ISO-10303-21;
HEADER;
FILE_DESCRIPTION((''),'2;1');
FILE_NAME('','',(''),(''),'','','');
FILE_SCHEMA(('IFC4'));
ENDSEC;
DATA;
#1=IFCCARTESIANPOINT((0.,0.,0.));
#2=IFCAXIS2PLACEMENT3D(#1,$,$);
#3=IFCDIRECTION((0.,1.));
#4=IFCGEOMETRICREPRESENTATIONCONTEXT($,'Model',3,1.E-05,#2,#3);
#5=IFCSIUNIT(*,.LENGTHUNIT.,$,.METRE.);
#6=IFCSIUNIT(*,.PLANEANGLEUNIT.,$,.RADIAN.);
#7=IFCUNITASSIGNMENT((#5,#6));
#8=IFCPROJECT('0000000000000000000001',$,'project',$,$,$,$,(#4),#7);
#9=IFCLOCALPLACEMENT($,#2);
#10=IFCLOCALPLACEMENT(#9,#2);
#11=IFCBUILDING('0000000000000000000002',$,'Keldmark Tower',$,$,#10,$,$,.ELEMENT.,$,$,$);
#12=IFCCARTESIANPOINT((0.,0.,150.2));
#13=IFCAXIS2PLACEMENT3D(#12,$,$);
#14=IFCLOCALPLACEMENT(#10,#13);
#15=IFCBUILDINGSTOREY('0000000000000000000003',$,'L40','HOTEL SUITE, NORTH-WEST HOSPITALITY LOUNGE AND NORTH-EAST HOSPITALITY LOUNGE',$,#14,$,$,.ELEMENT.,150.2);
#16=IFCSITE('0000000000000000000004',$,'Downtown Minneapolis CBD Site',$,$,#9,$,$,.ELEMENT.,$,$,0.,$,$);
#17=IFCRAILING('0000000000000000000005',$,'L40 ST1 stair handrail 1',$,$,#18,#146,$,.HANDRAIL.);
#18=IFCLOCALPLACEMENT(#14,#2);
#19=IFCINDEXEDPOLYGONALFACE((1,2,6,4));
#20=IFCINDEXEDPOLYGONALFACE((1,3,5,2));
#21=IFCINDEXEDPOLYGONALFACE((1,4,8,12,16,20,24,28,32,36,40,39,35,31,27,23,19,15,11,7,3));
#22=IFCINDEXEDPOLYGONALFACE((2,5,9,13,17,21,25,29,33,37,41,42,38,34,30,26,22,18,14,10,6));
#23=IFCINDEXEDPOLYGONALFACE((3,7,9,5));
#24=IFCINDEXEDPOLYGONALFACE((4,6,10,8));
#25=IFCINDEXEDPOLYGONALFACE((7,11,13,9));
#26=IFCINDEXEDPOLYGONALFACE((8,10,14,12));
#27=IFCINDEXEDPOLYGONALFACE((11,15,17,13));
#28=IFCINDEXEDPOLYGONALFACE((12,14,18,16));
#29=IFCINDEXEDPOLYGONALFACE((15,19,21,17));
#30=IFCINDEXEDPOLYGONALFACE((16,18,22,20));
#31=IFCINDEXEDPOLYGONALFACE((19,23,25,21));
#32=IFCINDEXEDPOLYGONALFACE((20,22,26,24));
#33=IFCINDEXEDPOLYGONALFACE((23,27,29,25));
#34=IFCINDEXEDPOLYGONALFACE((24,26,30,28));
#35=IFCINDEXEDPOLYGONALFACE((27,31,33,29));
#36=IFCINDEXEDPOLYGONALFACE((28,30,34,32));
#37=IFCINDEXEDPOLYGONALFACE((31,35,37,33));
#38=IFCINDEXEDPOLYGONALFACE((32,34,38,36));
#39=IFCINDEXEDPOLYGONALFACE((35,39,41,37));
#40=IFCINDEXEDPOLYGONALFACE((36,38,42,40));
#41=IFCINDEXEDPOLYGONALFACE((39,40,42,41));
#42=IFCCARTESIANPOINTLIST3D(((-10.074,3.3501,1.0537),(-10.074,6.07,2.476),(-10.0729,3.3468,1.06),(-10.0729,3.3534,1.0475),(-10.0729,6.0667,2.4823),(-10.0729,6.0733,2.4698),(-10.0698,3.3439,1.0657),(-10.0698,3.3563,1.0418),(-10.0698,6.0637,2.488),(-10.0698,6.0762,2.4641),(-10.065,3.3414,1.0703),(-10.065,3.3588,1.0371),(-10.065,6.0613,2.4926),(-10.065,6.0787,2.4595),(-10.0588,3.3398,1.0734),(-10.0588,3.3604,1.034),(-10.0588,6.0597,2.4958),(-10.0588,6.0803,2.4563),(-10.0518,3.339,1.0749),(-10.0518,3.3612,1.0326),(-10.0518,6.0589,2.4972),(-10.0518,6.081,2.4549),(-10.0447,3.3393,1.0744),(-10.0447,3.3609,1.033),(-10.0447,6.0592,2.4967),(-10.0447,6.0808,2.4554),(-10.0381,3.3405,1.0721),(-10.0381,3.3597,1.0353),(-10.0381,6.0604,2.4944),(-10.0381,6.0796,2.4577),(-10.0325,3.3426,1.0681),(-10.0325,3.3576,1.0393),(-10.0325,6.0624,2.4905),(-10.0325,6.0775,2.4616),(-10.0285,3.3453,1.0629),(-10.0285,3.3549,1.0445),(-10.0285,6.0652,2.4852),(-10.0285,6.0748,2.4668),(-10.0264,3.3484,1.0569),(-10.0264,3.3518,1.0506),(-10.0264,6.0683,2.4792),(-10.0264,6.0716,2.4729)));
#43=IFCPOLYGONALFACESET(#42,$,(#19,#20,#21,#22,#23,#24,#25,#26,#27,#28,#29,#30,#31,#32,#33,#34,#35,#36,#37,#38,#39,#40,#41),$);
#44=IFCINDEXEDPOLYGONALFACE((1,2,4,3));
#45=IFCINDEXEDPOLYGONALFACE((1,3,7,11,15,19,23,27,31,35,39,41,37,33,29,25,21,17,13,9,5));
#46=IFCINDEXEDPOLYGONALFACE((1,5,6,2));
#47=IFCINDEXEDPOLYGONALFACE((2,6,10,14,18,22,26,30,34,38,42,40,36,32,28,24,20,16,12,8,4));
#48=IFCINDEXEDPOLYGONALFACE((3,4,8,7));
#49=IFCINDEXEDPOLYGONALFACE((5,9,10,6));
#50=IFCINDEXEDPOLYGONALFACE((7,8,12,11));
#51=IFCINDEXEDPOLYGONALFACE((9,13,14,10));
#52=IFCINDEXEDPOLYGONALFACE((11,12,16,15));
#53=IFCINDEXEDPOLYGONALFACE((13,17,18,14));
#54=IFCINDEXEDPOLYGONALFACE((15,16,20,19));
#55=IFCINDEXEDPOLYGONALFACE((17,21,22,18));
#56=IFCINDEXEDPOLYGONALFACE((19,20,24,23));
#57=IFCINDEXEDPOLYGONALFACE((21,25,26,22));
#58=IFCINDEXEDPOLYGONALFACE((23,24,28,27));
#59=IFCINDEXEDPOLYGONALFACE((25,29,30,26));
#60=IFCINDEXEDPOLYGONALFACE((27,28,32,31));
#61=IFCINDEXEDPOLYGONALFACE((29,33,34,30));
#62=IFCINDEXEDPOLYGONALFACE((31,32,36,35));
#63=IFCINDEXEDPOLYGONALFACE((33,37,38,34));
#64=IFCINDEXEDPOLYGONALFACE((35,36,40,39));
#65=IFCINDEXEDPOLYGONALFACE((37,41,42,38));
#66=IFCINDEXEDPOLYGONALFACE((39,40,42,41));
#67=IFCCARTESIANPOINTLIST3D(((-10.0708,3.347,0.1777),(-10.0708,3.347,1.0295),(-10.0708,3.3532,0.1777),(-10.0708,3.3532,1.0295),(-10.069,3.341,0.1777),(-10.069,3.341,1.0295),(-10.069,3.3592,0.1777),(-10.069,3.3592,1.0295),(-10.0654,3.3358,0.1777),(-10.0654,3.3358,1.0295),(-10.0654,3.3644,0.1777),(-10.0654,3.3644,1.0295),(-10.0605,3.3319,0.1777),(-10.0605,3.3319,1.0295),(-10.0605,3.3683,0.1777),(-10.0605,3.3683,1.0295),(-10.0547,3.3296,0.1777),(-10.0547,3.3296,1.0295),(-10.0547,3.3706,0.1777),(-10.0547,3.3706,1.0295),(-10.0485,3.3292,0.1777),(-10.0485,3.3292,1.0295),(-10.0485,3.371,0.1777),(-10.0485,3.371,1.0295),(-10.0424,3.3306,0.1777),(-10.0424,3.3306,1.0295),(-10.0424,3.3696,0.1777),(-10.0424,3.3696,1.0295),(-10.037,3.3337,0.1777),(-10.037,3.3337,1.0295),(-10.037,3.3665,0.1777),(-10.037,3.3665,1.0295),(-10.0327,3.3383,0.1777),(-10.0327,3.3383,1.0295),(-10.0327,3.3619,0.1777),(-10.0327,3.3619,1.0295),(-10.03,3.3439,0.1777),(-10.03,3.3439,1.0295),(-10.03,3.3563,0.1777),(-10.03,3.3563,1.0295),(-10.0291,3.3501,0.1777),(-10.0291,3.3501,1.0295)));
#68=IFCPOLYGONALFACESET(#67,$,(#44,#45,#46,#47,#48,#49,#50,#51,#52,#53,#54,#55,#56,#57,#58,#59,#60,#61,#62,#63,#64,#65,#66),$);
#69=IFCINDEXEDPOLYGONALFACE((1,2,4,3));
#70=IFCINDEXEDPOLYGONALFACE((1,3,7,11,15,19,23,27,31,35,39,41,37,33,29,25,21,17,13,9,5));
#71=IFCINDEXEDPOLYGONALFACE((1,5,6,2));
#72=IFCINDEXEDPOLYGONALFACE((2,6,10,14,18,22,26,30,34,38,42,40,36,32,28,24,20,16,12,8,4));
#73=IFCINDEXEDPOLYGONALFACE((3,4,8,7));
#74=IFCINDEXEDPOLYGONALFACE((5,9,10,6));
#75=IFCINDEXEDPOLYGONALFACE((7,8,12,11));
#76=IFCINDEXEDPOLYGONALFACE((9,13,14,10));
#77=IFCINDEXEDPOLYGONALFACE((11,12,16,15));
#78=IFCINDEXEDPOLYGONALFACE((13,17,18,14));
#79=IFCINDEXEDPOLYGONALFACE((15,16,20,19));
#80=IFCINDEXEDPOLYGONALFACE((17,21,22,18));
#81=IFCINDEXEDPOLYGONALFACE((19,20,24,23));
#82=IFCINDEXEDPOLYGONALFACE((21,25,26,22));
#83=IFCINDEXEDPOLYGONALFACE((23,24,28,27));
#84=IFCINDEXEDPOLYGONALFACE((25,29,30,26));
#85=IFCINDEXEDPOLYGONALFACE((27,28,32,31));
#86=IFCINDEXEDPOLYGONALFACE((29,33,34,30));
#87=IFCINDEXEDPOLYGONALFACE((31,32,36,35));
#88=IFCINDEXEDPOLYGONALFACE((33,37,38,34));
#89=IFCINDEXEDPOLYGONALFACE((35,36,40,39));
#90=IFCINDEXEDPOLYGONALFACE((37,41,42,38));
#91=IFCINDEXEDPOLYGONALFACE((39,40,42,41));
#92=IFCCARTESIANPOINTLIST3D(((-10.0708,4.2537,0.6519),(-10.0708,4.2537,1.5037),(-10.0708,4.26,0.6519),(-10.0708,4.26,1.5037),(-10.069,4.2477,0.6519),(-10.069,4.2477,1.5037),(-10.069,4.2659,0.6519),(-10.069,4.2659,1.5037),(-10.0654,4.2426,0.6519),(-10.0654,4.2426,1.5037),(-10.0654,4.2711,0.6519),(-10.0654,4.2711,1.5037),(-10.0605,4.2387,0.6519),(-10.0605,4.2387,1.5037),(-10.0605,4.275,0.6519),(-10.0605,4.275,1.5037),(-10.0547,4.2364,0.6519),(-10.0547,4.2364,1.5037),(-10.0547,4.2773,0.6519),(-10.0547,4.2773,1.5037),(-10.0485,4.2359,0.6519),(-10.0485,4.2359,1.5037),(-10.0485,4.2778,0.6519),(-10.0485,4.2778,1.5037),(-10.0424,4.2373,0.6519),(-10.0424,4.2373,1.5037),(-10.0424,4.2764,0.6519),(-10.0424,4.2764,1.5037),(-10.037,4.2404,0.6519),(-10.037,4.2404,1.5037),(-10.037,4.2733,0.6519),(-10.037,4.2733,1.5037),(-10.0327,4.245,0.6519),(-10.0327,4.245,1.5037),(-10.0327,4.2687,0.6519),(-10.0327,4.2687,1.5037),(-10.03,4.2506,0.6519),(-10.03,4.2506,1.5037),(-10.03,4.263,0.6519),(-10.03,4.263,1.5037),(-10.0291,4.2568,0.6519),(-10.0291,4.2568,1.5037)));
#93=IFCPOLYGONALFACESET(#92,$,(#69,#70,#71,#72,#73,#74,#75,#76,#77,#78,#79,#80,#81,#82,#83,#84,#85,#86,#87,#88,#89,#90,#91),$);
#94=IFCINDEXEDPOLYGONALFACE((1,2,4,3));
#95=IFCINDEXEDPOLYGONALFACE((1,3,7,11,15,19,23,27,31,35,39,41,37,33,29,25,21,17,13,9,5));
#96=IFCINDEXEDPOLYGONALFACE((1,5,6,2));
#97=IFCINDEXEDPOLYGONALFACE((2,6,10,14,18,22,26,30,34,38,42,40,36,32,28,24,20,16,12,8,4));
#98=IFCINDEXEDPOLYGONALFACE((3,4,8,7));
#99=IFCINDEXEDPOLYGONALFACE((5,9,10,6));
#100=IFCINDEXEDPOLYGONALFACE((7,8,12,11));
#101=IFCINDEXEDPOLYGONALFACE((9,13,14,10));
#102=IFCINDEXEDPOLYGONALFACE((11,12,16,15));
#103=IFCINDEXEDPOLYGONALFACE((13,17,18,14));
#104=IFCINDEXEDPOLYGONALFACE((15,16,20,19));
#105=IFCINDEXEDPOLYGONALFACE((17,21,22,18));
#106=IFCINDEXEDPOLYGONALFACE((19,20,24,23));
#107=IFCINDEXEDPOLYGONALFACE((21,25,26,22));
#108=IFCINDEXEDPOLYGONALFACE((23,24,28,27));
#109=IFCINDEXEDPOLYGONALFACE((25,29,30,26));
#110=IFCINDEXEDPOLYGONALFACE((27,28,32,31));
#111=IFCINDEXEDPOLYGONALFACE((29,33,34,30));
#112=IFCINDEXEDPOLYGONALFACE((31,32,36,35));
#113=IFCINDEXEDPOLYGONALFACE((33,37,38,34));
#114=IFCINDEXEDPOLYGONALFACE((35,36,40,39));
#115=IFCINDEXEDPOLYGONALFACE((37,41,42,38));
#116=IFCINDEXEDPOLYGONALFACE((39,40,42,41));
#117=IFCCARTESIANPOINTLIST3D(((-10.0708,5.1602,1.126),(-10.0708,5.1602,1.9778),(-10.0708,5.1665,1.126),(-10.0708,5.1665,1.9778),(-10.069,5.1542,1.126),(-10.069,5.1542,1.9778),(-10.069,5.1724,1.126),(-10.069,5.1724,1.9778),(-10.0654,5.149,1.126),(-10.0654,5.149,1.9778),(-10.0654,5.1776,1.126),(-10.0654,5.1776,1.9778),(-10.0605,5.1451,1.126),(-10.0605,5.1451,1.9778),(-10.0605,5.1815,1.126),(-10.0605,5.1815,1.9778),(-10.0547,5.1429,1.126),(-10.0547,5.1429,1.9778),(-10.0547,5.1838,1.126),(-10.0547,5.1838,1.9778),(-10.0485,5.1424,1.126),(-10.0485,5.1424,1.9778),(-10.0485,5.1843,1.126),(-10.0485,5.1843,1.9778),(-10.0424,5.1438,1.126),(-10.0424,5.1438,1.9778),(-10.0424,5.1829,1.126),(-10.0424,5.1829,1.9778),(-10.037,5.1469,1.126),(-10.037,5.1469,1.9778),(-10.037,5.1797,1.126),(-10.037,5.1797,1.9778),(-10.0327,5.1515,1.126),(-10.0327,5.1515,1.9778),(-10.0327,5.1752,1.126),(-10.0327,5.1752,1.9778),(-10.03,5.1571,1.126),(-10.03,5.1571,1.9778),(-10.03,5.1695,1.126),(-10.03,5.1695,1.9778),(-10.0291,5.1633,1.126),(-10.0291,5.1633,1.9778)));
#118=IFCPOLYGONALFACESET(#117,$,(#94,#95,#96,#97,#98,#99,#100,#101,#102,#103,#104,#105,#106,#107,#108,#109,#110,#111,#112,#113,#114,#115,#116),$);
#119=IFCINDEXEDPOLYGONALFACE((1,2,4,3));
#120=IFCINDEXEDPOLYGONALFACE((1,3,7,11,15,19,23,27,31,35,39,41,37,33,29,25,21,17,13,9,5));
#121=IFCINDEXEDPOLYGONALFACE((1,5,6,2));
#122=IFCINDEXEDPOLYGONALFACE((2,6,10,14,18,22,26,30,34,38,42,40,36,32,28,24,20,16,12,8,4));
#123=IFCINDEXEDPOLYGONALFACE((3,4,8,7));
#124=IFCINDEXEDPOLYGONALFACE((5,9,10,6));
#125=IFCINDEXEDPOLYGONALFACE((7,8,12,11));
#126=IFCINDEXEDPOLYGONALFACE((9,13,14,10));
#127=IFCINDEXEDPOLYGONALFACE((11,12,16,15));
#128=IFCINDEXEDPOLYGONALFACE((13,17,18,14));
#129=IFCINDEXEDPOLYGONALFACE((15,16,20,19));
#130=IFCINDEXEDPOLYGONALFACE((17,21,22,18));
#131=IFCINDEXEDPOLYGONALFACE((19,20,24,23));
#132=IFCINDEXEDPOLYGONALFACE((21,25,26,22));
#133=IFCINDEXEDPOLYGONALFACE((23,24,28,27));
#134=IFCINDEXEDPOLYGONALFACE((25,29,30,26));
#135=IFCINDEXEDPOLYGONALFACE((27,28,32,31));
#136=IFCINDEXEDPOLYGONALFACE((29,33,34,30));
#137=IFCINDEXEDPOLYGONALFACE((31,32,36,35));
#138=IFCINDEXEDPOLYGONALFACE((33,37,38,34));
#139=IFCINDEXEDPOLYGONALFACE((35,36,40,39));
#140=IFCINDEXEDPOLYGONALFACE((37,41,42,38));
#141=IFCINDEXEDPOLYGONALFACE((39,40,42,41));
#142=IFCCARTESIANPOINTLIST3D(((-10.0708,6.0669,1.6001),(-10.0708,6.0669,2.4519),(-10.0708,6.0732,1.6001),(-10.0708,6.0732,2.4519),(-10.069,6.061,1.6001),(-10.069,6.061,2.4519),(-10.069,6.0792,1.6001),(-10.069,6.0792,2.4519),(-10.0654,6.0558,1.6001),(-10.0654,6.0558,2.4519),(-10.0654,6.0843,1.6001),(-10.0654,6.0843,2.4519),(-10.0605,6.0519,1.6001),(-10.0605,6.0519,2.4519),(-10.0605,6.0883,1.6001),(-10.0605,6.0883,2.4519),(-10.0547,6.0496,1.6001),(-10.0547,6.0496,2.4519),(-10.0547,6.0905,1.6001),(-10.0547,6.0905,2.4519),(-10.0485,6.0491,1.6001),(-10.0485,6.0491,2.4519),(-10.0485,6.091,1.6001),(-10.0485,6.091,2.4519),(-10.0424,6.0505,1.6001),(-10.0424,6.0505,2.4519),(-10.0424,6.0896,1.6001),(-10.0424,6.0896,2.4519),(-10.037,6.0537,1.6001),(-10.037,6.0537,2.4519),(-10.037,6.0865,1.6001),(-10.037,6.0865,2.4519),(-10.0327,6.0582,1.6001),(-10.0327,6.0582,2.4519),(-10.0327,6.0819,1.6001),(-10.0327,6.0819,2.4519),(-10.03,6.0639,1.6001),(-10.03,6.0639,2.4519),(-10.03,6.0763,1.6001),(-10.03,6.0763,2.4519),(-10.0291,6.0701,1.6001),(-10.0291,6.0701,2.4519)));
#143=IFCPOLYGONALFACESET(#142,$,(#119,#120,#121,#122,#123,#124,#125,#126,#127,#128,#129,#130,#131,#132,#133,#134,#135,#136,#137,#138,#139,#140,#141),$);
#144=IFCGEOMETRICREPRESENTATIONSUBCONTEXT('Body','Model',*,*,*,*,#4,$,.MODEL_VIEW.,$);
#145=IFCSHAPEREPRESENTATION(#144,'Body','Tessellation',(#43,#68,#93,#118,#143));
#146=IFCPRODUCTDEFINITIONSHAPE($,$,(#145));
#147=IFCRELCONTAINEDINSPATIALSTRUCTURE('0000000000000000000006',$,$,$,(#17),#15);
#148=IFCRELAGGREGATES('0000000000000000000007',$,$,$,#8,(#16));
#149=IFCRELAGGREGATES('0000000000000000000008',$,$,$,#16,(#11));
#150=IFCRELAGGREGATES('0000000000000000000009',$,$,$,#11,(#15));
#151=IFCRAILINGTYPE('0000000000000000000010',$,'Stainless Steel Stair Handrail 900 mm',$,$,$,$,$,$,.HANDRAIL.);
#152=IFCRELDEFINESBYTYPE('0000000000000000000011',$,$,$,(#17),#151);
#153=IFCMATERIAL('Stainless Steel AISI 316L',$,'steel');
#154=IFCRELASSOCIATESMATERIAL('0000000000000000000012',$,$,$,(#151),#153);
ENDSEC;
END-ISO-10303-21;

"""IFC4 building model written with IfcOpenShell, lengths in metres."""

from ifc_helpers import new_model, si_unit, direction, frame, origin, origin_2d, place, context, subcontext, project, spatial, circle, extrude, material, type_object, element, save


model = new_model("IFC4")

# Units and contexts
model_context = context("Model", 3, precision=1e-05, world=origin(), true_north=direction((0.0, 1.0)))
body_context = subcontext(model_context, "Body", "Model", "MODEL_VIEW")
ifc_project = project(units=[si_unit("LENGTHUNIT", "METRE"), si_unit("PLANEANGLEUNIT", "RADIAN")], contexts=[model_context])

# Site, building, storey
site_placement = place(None, origin())
site = spatial("IfcSite", under=ifc_project, at=site_placement, Name="Downtown Minneapolis CBD Site", CompositionType="ELEMENT", RefElevation=0.0)
building_placement = place(site_placement, origin())
building = spatial("IfcBuilding", under=site, at=building_placement, Name="Keldmark Tower", CompositionType="ELEMENT")
storey_placement = place(building_placement, frame((0.0, 0.0, 150.2)))
storey = spatial("IfcBuildingStorey", under=building, at=storey_placement, Name="L40", Description="HOTEL SUITE, NORTH-WEST HOSPITALITY LOUNGE AND NORTH-EAST HOSPITALITY LOUNGE", CompositionType="ELEMENT", Elevation=150.2)

# Railing
ifc_material_1 = material(Name="Stainless Steel AISI 316L", Category="steel")
railing_type_1 = type_object("IfcRailingType", Name="Stainless Steel Stair Handrail 900 mm", PredefinedType="HANDRAIL", material=ifc_material_1)
railing_1_placement = place(storey_placement, frame((-10.05, 3.3501, 0.1777)))
element("IfcRailing", 1, at=railing_1_placement, inside=storey, type_object=railing_type_1, Name="L40 ST1 stair handrail 1", PredefinedType="HANDRAIL", context=body_context, shape_type="SweptSolid", body=[
    extrude(circle(Radius=0.0239, at=origin_2d()), frame((0.0, 0.0, 0.876), z_axis=(0.0, 0.88615, 0.463398), x_axis=(-1.0, 0.0, 0.0)), (0.0, 0.0, 1.0), 3.0693),
    extrude(circle(Radius=0.021, at=origin_2d()), origin(), (0.0, 0.0, 1.0), 0.8518),
    extrude(circle(Radius=0.021, at=origin_2d()), frame((0.0, 0.9067, 0.4741)), (0.0, 0.0, 1.0), 0.8518),
    extrude(circle(Radius=0.021, at=origin_2d()), frame((0.0, 1.8132, 0.9482)), (0.0, 0.0, 1.0), 0.8518),
    extrude(circle(Radius=0.021, at=origin_2d()), frame((0.0, 2.72, 1.4224)), (0.0, 0.0, 1.0), 0.8518),
])

save(model, "model.ifc")
